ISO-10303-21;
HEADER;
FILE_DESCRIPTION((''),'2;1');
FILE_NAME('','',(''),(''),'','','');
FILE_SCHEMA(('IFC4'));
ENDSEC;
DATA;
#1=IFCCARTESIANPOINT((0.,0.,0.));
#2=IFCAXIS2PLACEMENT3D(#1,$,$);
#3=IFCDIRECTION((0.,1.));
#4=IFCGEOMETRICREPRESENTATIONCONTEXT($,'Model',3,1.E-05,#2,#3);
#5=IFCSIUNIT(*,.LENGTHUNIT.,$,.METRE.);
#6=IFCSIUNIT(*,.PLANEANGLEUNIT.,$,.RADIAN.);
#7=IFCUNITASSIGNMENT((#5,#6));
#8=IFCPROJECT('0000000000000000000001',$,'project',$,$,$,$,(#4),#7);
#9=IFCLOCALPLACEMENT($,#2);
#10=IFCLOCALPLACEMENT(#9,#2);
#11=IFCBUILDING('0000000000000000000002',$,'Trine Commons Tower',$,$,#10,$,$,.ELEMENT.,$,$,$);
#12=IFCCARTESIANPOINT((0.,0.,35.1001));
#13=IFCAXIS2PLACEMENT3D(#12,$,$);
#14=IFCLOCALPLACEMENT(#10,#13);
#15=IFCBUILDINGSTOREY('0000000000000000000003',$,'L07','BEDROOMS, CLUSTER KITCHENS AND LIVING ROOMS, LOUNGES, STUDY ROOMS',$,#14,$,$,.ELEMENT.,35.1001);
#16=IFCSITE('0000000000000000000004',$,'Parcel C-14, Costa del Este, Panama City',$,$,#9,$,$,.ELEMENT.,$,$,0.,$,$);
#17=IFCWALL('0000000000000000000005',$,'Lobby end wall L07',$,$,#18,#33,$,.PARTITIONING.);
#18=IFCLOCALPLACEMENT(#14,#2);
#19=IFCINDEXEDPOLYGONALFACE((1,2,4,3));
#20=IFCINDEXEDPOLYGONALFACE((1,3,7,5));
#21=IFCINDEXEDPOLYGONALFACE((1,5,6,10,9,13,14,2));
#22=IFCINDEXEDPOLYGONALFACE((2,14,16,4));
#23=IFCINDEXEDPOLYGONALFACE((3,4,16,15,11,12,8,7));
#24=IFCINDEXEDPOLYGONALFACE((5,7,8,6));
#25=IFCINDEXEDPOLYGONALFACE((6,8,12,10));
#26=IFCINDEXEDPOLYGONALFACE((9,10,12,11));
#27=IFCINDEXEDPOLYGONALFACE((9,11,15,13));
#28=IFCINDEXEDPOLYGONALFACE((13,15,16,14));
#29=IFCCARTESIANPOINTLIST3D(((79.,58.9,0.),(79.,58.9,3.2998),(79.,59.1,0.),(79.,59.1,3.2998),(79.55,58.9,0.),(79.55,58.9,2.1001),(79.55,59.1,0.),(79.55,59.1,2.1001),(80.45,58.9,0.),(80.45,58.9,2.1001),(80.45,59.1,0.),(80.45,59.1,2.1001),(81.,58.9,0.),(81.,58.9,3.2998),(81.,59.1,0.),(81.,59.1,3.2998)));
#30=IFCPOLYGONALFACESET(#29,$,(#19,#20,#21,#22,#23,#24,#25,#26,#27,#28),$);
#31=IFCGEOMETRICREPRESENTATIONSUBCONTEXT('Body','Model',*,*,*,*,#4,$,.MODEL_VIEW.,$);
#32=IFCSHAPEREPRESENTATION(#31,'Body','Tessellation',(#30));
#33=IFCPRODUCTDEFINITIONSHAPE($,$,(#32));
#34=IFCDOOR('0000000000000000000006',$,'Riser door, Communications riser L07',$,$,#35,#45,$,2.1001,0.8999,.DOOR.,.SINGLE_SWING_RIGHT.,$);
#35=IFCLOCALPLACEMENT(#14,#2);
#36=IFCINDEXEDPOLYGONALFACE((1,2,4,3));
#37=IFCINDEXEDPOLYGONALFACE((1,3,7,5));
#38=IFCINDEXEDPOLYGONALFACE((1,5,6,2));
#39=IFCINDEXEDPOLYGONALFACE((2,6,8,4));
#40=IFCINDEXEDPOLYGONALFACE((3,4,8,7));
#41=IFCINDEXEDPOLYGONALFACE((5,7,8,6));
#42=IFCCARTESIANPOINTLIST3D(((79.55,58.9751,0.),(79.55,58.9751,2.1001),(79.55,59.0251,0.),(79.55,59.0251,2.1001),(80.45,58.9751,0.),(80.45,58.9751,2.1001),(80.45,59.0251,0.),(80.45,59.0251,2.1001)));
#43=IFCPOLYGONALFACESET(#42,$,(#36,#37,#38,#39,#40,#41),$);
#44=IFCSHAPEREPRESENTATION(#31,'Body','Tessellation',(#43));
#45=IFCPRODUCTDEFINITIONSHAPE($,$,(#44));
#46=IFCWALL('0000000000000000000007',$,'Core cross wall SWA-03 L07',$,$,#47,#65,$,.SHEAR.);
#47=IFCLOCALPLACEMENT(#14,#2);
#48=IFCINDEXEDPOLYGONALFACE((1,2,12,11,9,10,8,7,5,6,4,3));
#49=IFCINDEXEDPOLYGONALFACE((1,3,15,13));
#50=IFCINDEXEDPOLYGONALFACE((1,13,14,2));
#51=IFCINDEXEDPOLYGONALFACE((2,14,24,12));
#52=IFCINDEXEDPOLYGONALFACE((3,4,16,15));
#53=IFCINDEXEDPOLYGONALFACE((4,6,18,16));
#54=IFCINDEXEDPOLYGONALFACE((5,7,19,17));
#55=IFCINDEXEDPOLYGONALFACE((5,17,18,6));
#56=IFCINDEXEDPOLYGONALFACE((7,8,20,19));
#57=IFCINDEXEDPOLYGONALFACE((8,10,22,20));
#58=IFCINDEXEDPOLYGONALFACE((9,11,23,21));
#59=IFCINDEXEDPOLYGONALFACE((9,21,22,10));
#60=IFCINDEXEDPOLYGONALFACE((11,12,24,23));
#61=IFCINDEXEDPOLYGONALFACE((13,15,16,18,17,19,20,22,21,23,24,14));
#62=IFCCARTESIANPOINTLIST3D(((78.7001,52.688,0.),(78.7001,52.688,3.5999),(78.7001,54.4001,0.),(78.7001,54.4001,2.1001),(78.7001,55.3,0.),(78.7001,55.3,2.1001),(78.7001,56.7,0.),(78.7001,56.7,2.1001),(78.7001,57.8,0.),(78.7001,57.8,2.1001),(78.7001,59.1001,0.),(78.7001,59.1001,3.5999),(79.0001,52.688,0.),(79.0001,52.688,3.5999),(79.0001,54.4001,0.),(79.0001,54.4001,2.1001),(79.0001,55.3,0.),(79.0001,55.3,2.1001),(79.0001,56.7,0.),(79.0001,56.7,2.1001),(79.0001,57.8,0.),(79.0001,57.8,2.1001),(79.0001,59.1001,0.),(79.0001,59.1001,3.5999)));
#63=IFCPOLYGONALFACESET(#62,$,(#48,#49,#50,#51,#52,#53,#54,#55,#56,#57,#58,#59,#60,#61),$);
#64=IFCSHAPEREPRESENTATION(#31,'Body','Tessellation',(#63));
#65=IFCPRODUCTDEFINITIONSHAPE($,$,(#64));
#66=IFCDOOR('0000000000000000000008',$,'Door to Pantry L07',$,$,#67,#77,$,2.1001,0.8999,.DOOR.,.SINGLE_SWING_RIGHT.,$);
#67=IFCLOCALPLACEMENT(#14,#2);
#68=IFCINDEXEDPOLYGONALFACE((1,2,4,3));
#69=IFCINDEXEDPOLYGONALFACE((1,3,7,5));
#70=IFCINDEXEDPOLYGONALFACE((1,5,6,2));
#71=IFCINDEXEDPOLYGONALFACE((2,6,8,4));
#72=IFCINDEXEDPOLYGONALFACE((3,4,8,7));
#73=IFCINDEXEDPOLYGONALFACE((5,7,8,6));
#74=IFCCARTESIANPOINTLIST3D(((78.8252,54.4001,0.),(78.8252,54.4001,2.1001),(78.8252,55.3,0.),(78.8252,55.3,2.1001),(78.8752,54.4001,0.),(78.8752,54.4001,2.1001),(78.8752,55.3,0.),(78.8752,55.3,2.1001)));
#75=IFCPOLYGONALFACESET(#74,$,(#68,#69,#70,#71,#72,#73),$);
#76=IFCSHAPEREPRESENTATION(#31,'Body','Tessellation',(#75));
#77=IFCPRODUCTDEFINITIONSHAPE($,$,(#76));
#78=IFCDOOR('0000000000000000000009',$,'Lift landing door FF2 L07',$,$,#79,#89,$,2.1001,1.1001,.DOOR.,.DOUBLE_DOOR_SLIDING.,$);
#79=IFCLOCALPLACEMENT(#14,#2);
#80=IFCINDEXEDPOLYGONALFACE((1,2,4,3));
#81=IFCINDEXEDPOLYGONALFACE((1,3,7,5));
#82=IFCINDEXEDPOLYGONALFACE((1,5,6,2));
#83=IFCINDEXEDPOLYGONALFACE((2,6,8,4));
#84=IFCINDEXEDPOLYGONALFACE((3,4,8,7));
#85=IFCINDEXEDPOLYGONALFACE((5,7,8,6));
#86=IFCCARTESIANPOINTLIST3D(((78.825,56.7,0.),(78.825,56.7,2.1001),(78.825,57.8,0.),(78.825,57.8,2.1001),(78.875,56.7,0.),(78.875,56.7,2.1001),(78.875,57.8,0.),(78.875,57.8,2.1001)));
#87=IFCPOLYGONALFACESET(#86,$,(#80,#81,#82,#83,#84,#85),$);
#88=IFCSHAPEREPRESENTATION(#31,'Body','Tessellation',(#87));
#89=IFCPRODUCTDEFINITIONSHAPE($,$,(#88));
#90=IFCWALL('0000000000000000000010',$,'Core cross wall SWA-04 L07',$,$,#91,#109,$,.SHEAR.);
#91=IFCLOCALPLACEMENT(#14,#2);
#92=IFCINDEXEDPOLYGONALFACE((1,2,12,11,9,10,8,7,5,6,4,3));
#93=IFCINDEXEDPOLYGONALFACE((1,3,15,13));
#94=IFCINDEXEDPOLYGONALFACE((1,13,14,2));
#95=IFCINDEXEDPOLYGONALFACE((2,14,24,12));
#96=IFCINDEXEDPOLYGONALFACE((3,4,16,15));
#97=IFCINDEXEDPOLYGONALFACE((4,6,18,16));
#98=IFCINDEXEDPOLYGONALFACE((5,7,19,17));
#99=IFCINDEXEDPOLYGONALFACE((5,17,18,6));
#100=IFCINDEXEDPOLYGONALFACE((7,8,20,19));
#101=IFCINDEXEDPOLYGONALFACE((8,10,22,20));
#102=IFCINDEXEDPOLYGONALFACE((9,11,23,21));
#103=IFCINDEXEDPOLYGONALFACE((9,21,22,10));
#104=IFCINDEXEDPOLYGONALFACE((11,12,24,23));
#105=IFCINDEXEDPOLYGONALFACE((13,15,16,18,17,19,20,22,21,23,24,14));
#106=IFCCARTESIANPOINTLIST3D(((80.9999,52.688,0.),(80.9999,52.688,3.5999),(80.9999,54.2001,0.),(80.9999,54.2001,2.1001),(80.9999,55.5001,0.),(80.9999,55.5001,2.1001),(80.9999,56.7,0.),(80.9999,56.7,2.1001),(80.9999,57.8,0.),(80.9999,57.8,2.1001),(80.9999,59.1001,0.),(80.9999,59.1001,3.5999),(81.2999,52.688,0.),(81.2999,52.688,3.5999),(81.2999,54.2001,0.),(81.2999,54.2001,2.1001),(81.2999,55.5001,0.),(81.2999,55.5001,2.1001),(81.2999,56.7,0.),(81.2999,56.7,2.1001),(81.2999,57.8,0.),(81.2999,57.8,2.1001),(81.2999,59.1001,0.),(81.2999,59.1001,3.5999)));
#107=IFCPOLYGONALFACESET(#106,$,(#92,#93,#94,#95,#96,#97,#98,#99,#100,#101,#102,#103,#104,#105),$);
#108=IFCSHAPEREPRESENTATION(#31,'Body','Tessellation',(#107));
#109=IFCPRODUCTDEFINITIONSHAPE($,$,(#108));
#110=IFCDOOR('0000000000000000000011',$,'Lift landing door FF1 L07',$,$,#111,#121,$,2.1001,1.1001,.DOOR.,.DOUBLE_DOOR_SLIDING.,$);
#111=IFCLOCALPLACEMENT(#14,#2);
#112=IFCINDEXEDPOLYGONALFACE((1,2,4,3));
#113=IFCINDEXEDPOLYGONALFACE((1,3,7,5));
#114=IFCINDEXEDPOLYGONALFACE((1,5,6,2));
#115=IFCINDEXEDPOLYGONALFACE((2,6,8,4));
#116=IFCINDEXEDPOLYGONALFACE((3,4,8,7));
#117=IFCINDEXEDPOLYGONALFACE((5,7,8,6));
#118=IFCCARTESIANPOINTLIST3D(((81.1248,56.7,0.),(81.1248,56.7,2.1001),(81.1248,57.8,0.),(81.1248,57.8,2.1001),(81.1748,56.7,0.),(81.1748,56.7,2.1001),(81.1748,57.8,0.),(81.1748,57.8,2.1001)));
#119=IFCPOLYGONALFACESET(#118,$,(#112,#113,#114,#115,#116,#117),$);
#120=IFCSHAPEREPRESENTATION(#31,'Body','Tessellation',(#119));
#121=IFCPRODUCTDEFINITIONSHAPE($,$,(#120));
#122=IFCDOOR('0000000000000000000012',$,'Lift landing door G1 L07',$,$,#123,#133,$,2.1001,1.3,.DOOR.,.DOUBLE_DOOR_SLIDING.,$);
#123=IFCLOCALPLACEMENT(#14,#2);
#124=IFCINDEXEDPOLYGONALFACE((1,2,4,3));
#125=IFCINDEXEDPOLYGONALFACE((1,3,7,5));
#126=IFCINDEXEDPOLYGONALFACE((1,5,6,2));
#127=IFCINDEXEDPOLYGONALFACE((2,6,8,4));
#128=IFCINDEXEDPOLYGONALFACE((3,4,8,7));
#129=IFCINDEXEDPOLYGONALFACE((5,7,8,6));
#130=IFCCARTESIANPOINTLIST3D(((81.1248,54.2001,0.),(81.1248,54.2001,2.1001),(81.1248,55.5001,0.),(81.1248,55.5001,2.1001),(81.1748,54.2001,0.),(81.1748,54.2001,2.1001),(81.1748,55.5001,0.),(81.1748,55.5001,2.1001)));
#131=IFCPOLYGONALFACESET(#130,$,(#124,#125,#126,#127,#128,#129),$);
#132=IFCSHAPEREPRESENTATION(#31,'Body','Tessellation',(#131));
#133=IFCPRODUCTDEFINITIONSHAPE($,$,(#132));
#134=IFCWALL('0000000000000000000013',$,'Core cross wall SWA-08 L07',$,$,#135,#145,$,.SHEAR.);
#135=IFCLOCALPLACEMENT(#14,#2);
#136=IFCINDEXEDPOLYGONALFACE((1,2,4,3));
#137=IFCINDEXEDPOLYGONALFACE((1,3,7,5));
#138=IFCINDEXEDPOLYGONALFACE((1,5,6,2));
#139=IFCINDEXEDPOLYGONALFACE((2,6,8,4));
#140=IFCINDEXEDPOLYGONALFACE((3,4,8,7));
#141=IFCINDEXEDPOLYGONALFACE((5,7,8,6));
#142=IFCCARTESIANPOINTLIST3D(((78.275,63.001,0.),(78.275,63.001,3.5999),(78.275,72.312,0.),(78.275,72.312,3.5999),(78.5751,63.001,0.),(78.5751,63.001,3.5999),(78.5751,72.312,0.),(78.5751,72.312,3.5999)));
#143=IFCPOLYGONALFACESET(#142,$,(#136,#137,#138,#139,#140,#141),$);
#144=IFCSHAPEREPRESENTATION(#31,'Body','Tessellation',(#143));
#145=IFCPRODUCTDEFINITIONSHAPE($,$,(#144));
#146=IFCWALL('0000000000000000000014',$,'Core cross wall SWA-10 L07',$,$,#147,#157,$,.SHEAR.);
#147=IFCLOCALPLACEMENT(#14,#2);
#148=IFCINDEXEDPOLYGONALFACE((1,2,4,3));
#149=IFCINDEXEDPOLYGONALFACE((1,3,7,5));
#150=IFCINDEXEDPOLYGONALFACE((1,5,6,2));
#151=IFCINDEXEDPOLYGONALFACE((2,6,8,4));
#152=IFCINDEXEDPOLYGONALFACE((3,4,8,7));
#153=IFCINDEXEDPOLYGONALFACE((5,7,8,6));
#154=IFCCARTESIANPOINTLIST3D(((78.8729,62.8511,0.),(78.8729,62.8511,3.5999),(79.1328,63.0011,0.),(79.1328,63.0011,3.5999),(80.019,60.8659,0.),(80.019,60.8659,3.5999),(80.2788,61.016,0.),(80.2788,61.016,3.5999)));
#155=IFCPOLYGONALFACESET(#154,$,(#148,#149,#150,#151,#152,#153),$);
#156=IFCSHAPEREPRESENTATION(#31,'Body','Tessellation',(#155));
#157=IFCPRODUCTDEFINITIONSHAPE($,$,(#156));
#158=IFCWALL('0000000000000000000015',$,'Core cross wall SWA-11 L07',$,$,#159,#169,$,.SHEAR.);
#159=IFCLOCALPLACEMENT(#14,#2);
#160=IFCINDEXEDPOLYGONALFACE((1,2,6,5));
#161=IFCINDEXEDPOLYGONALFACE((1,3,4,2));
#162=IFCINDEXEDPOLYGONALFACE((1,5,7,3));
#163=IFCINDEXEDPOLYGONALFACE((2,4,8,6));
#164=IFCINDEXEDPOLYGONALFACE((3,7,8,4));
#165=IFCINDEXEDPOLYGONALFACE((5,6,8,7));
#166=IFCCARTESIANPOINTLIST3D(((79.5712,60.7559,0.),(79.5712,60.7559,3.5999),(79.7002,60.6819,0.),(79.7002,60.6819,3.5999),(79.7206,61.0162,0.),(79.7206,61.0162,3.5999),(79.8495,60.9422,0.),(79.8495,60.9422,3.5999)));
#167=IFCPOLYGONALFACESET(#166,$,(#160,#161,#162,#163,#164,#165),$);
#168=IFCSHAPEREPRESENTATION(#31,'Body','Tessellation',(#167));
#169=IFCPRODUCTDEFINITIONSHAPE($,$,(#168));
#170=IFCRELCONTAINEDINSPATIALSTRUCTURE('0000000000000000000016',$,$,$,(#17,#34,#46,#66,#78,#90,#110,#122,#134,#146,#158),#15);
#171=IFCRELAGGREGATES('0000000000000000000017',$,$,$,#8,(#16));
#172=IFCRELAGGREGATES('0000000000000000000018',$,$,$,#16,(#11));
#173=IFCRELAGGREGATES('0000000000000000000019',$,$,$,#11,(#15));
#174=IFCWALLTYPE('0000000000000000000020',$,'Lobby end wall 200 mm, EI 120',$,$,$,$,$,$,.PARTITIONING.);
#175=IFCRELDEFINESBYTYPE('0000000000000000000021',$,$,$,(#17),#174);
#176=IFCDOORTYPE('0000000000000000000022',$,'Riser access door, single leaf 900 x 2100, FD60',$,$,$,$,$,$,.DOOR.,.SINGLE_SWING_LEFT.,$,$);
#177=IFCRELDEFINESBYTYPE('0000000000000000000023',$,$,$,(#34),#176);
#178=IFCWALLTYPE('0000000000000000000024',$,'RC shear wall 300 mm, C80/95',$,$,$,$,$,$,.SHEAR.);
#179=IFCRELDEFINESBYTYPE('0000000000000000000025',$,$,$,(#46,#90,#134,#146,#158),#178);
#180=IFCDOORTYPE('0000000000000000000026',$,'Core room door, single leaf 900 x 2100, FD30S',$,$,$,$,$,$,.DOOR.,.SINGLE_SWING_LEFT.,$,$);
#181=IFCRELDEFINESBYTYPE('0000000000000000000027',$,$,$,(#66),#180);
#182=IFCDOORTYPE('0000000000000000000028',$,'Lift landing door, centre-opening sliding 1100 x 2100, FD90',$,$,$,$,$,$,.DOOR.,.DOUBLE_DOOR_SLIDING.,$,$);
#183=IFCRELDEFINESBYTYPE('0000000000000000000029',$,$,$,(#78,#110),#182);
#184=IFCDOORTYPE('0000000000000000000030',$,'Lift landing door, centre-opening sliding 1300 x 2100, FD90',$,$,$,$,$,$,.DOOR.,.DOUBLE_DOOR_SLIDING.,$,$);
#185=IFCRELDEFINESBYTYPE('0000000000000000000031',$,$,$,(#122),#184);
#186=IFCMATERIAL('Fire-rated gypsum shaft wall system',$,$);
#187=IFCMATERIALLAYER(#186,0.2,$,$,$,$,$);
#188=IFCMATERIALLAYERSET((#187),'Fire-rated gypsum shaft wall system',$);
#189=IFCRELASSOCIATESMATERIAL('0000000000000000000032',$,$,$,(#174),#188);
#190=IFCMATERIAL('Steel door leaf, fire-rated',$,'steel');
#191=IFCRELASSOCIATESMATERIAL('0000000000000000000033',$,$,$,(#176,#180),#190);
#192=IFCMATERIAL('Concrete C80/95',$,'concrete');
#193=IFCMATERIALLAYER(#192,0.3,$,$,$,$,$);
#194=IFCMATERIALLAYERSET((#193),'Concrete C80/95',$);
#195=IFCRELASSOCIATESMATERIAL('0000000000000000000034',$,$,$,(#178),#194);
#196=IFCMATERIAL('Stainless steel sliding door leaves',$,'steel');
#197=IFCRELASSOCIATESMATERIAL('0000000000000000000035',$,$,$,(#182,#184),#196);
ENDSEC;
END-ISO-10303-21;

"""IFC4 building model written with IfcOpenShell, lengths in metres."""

from ifc_helpers import new_model, si_unit, direction, frame, frame_2d, origin, place, context, subcontext, project, spatial, rectangle, extrude, material, layer, layer_set, type_object, element, fill, save


model = new_model("IFC4")

# Units and contexts
model_context = context("Model", 3, precision=1e-05, world=origin(), true_north=direction((0.0, 1.0)))
body_context = subcontext(model_context, "Body", "Model", "MODEL_VIEW")
ifc_project = project(units=[si_unit("LENGTHUNIT", "METRE"), si_unit("PLANEANGLEUNIT", "RADIAN")], contexts=[model_context])

# Site, building, storey
site_placement = place(None, origin())
site = spatial("IfcSite", under=ifc_project, at=site_placement, Name="Parcel C-14, Costa del Este, Panama City", CompositionType="ELEMENT", RefElevation=0.0)
building_placement = place(site_placement, origin())
building = spatial("IfcBuilding", under=site, at=building_placement, Name="Trine Commons Tower", CompositionType="ELEMENT")
storey_placement = place(building_placement, frame((0.0, 0.0, 35.1001)))
storey = spatial("IfcBuildingStorey", under=building, at=storey_placement, Name="L07", Description="BEDROOMS, CLUSTER KITCHENS AND LIVING ROOMS, LOUNGES, STUDY ROOMS", CompositionType="ELEMENT", Elevation=35.1001)

# Wall, opening, door
ifc_material_1 = material(Name="Fire-rated gypsum shaft wall system")
ifc_layer_1 = layer(ifc_material_1, 0.2)
ifc_layer_set_1 = layer_set([ifc_layer_1], Name="Fire-rated gypsum shaft wall system")
wall_type_1 = type_object("IfcWallType", Name="Lobby end wall 200 mm, EI 120", PredefinedType="PARTITIONING", material=ifc_layer_set_1)
wall_1_placement = place(storey_placement, frame((79.0, 59.0, 0.0), z_axis=(0.0, 0.0, 1.0), x_axis=(1.0, 0.0, 0.0)))
wall_1 = element("IfcWall", 1, at=wall_1_placement, inside=storey, type_object=wall_type_1, Name="Lobby end wall L07", PredefinedType="PARTITIONING", context=body_context, shape_type="SweptSolid", body=[
    extrude(rectangle(XDim=2.0, YDim=0.2, at=frame_2d((1.0, 0.0))), origin(), (0.0, 0.0, 1.0), 3.2998),
])
opening_1_placement = place(wall_1_placement, frame((0.55, 0.0, 0.0)))
opening_1 = element("IfcOpeningElement", 2, at=opening_1_placement, cuts=wall_1, PredefinedType="OPENING", context=body_context, shape_type="SweptSolid", body=[
    extrude(rectangle(XDim=0.8999, YDim=2.1001, at=frame_2d((0.45, 1.05))), frame((0.0, 0.1099, 0.0), z_axis=(0.0, -1.0, 0.0), x_axis=(1.0, 0.0, 0.0)), (0.0, 0.0, 1.0), 0.22),
])
ifc_material_2 = material(Name="Steel door leaf, fire-rated", Category="steel")
door_type_1 = type_object("IfcDoorType", Name="Riser access door, single leaf 900 x 2100, FD60", OperationType="SINGLE_SWING_LEFT", PredefinedType="DOOR", material=ifc_material_2)
door_1_placement = place(opening_1_placement, frame((0.8999, 0.0, 0.0), z_axis=(0.0, 0.0, 1.0), x_axis=(-1.0, 0.0, 0.0)))
door_1 = element("IfcDoor", 3, at=door_1_placement, inside=storey, type_object=door_type_1, Name="Riser door, Communications riser L07", OperationType="SINGLE_SWING_RIGHT", OverallHeight=2.1001, OverallWidth=0.8999, PredefinedType="DOOR", context=body_context, shape_type="SweptSolid", body=[
    extrude(rectangle(XDim=0.8999, YDim=2.1001, at=frame_2d((0.45, 1.05))), frame((0.0, 0.0249, 0.0), z_axis=(0.0, -1.0, 0.0), x_axis=(1.0, 0.0, 0.0)), (0.0, 0.0, 1.0), 0.05),
])
fill(opening_1, door_1)

# Walls, openings, doors
ifc_material_3 = material(Name="Concrete C80/95", Category="concrete")
ifc_layer_2 = layer(ifc_material_3, 0.3)
ifc_layer_set_2 = layer_set([ifc_layer_2], Name="Concrete C80/95")
wall_type_2 = type_object("IfcWallType", Name="RC shear wall 300 mm, C80/95", PredefinedType="SHEAR", material=ifc_layer_set_2)
wall_2_placement = place(storey_placement, frame((78.8501, 59.1001, 0.0), z_axis=(0.0, 0.0, 1.0), x_axis=(0.0, -1.0, 0.0)))
wall_2 = element("IfcWall", 4, at=wall_2_placement, inside=storey, type_object=wall_type_2, Name="Core cross wall SWA-03 L07", PredefinedType="SHEAR", context=body_context, shape_type="SweptSolid", body=[
    extrude(rectangle(XDim=6.4121, YDim=0.3, at=frame_2d((3.2061, 0.0))), origin(), (0.0, 0.0, 1.0), 3.5999),
])
opening_2_placement = place(wall_2_placement, frame((3.8, 0.0, 0.0)))
opening_2 = element("IfcOpeningElement", 5, at=opening_2_placement, cuts=wall_2, PredefinedType="OPENING", context=body_context, shape_type="SweptSolid", body=[
    extrude(rectangle(XDim=0.8999, YDim=2.1001, at=frame_2d((0.45, 1.05))), frame((0.0, 0.1599, 0.0), z_axis=(0.0, -1.0, 0.0), x_axis=(1.0, 0.0, 0.0)), (0.0, 0.0, 1.0), 0.3201),
])
opening_3_placement = place(wall_2_placement, frame((1.3, 0.0, 0.0)))
opening_3 = element("IfcOpeningElement", 6, at=opening_3_placement, cuts=wall_2, PredefinedType="OPENING", context=body_context, shape_type="SweptSolid", body=[
    extrude(rectangle(XDim=1.1001, YDim=2.1001, at=frame_2d((0.55, 1.05))), frame((0.0, 0.1599, 0.0), z_axis=(0.0, -1.0, 0.0), x_axis=(1.0, 0.0, 0.0)), (0.0, 0.0, 1.0), 0.3201),
])
door_type_2 = type_object("IfcDoorType", Name="Core room door, single leaf 900 x 2100, FD30S", OperationType="SINGLE_SWING_LEFT", PredefinedType="DOOR", material=ifc_material_2)
door_2_placement = place(opening_2_placement, frame((0.8999, 0.0, 0.0), z_axis=(0.0, 0.0, 1.0), x_axis=(-1.0, 0.0, 0.0)))
door_2 = element("IfcDoor", 7, at=door_2_placement, inside=storey, type_object=door_type_2, Name="Door to Pantry L07", OperationType="SINGLE_SWING_RIGHT", OverallHeight=2.1001, OverallWidth=0.8999, PredefinedType="DOOR", context=body_context, shape_type="SweptSolid", body=[
    extrude(rectangle(XDim=0.8999, YDim=2.1001, at=frame_2d((0.45, 1.05))), frame((0.0, 0.0249, 0.0), z_axis=(0.0, -1.0, 0.0), x_axis=(1.0, 0.0, 0.0)), (0.0, 0.0, 1.0), 0.05),
])
fill(opening_2, door_2)
ifc_material_4 = material(Name="Stainless steel sliding door leaves", Category="steel")
door_type_3 = type_object("IfcDoorType", Name="Lift landing door, centre-opening sliding 1100 x 2100, FD90", OperationType="DOUBLE_DOOR_SLIDING", PredefinedType="DOOR", material=ifc_material_4)
door_3_placement = place(opening_3_placement, origin())
door_3 = element("IfcDoor", 8, at=door_3_placement, inside=storey, type_object=door_type_3, Name="Lift landing door FF2 L07", OperationType="DOUBLE_DOOR_SLIDING", OverallHeight=2.1001, OverallWidth=1.1001, PredefinedType="DOOR", context=body_context, shape_type="SweptSolid", body=[
    extrude(rectangle(XDim=1.1001, YDim=2.1001, at=frame_2d((0.55, 1.05))), frame((0.0, 0.0249, 0.0), z_axis=(0.0, -1.0, 0.0), x_axis=(1.0, 0.0, 0.0)), (0.0, 0.0, 1.0), 0.05),
])
fill(opening_3, door_3)
wall_3_placement = place(storey_placement, frame((81.1499, 59.1001, 0.0), z_axis=(0.0, 0.0, 1.0), x_axis=(0.0, -1.0, 0.0)))
wall_3 = element("IfcWall", 9, at=wall_3_placement, inside=storey, type_object=wall_type_2, Name="Core cross wall SWA-04 L07", PredefinedType="SHEAR", context=body_context, shape_type="SweptSolid", body=[
    extrude(rectangle(XDim=6.4121, YDim=0.3, at=frame_2d((3.2061, 0.0))), origin(), (0.0, 0.0, 1.0), 3.5999),
])
opening_4_placement = place(wall_3_placement, frame((3.6001, 0.0, 0.0)))
opening_4 = element("IfcOpeningElement", 10, at=opening_4_placement, cuts=wall_3, PredefinedType="OPENING", context=body_context, shape_type="SweptSolid", body=[
    extrude(rectangle(XDim=1.3, YDim=2.1001, at=frame_2d((0.6499, 1.05))), frame((0.0, 0.1599, 0.0), z_axis=(0.0, -1.0, 0.0), x_axis=(1.0, 0.0, 0.0)), (0.0, 0.0, 1.0), 0.3201),
])
opening_5_placement = place(wall_3_placement, frame((1.3, 0.0, 0.0)))
opening_5 = element("IfcOpeningElement", 11, at=opening_5_placement, cuts=wall_3, PredefinedType="OPENING", context=body_context, shape_type="SweptSolid", body=[
    extrude(rectangle(XDim=1.1001, YDim=2.1001, at=frame_2d((0.55, 1.05))), frame((0.0, 0.1599, 0.0), z_axis=(0.0, -1.0, 0.0), x_axis=(1.0, 0.0, 0.0)), (0.0, 0.0, 1.0), 0.3201),
])
door_4_placement = place(opening_5_placement, origin())
door_4 = element("IfcDoor", 12, at=door_4_placement, inside=storey, type_object=door_type_3, Name="Lift landing door FF1 L07", OperationType="DOUBLE_DOOR_SLIDING", OverallHeight=2.1001, OverallWidth=1.1001, PredefinedType="DOOR", context=body_context, shape_type="SweptSolid", body=[
    extrude(rectangle(XDim=1.1001, YDim=2.1001, at=frame_2d((0.55, 1.05))), frame((0.0, 0.0249, 0.0), z_axis=(0.0, -1.0, 0.0), x_axis=(1.0, 0.0, 0.0)), (0.0, 0.0, 1.0), 0.05),
])
fill(opening_5, door_4)
door_type_4 = type_object("IfcDoorType", Name="Lift landing door, centre-opening sliding 1300 x 2100, FD90", OperationType="DOUBLE_DOOR_SLIDING", PredefinedType="DOOR", material=ifc_material_4)
door_5_placement = place(opening_4_placement, origin())
door_5 = element("IfcDoor", 13, at=door_5_placement, inside=storey, type_object=door_type_4, Name="Lift landing door G1 L07", OperationType="DOUBLE_DOOR_SLIDING", OverallHeight=2.1001, OverallWidth=1.3, PredefinedType="DOOR", context=body_context, shape_type="SweptSolid", body=[
    extrude(rectangle(XDim=1.3, YDim=2.1001, at=frame_2d((0.6499, 1.05))), frame((0.0, 0.0249, 0.0), z_axis=(0.0, -1.0, 0.0), x_axis=(1.0, 0.0, 0.0)), (0.0, 0.0, 1.0), 0.05),
])
fill(opening_4, door_5)

# Walls
wall_4_placement = place(storey_placement, frame((78.425, 63.001, 0.0), z_axis=(0.0, 0.0, 1.0), x_axis=(0.0, 1.0, 0.0)))
element("IfcWall", 14, at=wall_4_placement, inside=storey, type_object=wall_type_2, Name="Core cross wall SWA-08 L07", PredefinedType="SHEAR", context=body_context, shape_type="SweptSolid", body=[
    extrude(rectangle(XDim=9.311, YDim=0.3, at=frame_2d((4.6555, 0.0))), origin(), (0.0, 0.0, 1.0), 3.5999),
])
wall_5_placement = place(storey_placement, frame((79.0029, 62.926, 0.0), z_axis=(0.0, 0.0, 1.0), x_axis=(0.499965, -0.866045, 0.0)))
element("IfcWall", 15, at=wall_5_placement, inside=storey, type_object=wall_type_2, Name="Core cross wall SWA-10 L07", PredefinedType="SHEAR", context=body_context, shape_type="SweptSolid", body=[
    extrude(rectangle(XDim=2.2922, YDim=0.3, at=frame_2d((1.146, 0.0))), origin(), (0.0, 0.0, 1.0), 3.5999),
])
wall_6_placement = place(storey_placement, frame((79.646, 60.886, 0.0), z_axis=(0.0, 0.0, 1.0), x_axis=(0.867332, -0.49773, 0.0)))
element("IfcWall", 16, at=wall_6_placement, inside=storey, type_object=wall_type_2, Name="Core cross wall SWA-11 L07", PredefinedType="SHEAR", context=body_context, shape_type="SweptSolid", body=[
    extrude(rectangle(XDim=0.1487, YDim=0.3, at=frame_2d((0.0742, 0.0))), origin(), (0.0, 0.0, 1.0), 3.5999),
])

save(model, "model.ifc")
